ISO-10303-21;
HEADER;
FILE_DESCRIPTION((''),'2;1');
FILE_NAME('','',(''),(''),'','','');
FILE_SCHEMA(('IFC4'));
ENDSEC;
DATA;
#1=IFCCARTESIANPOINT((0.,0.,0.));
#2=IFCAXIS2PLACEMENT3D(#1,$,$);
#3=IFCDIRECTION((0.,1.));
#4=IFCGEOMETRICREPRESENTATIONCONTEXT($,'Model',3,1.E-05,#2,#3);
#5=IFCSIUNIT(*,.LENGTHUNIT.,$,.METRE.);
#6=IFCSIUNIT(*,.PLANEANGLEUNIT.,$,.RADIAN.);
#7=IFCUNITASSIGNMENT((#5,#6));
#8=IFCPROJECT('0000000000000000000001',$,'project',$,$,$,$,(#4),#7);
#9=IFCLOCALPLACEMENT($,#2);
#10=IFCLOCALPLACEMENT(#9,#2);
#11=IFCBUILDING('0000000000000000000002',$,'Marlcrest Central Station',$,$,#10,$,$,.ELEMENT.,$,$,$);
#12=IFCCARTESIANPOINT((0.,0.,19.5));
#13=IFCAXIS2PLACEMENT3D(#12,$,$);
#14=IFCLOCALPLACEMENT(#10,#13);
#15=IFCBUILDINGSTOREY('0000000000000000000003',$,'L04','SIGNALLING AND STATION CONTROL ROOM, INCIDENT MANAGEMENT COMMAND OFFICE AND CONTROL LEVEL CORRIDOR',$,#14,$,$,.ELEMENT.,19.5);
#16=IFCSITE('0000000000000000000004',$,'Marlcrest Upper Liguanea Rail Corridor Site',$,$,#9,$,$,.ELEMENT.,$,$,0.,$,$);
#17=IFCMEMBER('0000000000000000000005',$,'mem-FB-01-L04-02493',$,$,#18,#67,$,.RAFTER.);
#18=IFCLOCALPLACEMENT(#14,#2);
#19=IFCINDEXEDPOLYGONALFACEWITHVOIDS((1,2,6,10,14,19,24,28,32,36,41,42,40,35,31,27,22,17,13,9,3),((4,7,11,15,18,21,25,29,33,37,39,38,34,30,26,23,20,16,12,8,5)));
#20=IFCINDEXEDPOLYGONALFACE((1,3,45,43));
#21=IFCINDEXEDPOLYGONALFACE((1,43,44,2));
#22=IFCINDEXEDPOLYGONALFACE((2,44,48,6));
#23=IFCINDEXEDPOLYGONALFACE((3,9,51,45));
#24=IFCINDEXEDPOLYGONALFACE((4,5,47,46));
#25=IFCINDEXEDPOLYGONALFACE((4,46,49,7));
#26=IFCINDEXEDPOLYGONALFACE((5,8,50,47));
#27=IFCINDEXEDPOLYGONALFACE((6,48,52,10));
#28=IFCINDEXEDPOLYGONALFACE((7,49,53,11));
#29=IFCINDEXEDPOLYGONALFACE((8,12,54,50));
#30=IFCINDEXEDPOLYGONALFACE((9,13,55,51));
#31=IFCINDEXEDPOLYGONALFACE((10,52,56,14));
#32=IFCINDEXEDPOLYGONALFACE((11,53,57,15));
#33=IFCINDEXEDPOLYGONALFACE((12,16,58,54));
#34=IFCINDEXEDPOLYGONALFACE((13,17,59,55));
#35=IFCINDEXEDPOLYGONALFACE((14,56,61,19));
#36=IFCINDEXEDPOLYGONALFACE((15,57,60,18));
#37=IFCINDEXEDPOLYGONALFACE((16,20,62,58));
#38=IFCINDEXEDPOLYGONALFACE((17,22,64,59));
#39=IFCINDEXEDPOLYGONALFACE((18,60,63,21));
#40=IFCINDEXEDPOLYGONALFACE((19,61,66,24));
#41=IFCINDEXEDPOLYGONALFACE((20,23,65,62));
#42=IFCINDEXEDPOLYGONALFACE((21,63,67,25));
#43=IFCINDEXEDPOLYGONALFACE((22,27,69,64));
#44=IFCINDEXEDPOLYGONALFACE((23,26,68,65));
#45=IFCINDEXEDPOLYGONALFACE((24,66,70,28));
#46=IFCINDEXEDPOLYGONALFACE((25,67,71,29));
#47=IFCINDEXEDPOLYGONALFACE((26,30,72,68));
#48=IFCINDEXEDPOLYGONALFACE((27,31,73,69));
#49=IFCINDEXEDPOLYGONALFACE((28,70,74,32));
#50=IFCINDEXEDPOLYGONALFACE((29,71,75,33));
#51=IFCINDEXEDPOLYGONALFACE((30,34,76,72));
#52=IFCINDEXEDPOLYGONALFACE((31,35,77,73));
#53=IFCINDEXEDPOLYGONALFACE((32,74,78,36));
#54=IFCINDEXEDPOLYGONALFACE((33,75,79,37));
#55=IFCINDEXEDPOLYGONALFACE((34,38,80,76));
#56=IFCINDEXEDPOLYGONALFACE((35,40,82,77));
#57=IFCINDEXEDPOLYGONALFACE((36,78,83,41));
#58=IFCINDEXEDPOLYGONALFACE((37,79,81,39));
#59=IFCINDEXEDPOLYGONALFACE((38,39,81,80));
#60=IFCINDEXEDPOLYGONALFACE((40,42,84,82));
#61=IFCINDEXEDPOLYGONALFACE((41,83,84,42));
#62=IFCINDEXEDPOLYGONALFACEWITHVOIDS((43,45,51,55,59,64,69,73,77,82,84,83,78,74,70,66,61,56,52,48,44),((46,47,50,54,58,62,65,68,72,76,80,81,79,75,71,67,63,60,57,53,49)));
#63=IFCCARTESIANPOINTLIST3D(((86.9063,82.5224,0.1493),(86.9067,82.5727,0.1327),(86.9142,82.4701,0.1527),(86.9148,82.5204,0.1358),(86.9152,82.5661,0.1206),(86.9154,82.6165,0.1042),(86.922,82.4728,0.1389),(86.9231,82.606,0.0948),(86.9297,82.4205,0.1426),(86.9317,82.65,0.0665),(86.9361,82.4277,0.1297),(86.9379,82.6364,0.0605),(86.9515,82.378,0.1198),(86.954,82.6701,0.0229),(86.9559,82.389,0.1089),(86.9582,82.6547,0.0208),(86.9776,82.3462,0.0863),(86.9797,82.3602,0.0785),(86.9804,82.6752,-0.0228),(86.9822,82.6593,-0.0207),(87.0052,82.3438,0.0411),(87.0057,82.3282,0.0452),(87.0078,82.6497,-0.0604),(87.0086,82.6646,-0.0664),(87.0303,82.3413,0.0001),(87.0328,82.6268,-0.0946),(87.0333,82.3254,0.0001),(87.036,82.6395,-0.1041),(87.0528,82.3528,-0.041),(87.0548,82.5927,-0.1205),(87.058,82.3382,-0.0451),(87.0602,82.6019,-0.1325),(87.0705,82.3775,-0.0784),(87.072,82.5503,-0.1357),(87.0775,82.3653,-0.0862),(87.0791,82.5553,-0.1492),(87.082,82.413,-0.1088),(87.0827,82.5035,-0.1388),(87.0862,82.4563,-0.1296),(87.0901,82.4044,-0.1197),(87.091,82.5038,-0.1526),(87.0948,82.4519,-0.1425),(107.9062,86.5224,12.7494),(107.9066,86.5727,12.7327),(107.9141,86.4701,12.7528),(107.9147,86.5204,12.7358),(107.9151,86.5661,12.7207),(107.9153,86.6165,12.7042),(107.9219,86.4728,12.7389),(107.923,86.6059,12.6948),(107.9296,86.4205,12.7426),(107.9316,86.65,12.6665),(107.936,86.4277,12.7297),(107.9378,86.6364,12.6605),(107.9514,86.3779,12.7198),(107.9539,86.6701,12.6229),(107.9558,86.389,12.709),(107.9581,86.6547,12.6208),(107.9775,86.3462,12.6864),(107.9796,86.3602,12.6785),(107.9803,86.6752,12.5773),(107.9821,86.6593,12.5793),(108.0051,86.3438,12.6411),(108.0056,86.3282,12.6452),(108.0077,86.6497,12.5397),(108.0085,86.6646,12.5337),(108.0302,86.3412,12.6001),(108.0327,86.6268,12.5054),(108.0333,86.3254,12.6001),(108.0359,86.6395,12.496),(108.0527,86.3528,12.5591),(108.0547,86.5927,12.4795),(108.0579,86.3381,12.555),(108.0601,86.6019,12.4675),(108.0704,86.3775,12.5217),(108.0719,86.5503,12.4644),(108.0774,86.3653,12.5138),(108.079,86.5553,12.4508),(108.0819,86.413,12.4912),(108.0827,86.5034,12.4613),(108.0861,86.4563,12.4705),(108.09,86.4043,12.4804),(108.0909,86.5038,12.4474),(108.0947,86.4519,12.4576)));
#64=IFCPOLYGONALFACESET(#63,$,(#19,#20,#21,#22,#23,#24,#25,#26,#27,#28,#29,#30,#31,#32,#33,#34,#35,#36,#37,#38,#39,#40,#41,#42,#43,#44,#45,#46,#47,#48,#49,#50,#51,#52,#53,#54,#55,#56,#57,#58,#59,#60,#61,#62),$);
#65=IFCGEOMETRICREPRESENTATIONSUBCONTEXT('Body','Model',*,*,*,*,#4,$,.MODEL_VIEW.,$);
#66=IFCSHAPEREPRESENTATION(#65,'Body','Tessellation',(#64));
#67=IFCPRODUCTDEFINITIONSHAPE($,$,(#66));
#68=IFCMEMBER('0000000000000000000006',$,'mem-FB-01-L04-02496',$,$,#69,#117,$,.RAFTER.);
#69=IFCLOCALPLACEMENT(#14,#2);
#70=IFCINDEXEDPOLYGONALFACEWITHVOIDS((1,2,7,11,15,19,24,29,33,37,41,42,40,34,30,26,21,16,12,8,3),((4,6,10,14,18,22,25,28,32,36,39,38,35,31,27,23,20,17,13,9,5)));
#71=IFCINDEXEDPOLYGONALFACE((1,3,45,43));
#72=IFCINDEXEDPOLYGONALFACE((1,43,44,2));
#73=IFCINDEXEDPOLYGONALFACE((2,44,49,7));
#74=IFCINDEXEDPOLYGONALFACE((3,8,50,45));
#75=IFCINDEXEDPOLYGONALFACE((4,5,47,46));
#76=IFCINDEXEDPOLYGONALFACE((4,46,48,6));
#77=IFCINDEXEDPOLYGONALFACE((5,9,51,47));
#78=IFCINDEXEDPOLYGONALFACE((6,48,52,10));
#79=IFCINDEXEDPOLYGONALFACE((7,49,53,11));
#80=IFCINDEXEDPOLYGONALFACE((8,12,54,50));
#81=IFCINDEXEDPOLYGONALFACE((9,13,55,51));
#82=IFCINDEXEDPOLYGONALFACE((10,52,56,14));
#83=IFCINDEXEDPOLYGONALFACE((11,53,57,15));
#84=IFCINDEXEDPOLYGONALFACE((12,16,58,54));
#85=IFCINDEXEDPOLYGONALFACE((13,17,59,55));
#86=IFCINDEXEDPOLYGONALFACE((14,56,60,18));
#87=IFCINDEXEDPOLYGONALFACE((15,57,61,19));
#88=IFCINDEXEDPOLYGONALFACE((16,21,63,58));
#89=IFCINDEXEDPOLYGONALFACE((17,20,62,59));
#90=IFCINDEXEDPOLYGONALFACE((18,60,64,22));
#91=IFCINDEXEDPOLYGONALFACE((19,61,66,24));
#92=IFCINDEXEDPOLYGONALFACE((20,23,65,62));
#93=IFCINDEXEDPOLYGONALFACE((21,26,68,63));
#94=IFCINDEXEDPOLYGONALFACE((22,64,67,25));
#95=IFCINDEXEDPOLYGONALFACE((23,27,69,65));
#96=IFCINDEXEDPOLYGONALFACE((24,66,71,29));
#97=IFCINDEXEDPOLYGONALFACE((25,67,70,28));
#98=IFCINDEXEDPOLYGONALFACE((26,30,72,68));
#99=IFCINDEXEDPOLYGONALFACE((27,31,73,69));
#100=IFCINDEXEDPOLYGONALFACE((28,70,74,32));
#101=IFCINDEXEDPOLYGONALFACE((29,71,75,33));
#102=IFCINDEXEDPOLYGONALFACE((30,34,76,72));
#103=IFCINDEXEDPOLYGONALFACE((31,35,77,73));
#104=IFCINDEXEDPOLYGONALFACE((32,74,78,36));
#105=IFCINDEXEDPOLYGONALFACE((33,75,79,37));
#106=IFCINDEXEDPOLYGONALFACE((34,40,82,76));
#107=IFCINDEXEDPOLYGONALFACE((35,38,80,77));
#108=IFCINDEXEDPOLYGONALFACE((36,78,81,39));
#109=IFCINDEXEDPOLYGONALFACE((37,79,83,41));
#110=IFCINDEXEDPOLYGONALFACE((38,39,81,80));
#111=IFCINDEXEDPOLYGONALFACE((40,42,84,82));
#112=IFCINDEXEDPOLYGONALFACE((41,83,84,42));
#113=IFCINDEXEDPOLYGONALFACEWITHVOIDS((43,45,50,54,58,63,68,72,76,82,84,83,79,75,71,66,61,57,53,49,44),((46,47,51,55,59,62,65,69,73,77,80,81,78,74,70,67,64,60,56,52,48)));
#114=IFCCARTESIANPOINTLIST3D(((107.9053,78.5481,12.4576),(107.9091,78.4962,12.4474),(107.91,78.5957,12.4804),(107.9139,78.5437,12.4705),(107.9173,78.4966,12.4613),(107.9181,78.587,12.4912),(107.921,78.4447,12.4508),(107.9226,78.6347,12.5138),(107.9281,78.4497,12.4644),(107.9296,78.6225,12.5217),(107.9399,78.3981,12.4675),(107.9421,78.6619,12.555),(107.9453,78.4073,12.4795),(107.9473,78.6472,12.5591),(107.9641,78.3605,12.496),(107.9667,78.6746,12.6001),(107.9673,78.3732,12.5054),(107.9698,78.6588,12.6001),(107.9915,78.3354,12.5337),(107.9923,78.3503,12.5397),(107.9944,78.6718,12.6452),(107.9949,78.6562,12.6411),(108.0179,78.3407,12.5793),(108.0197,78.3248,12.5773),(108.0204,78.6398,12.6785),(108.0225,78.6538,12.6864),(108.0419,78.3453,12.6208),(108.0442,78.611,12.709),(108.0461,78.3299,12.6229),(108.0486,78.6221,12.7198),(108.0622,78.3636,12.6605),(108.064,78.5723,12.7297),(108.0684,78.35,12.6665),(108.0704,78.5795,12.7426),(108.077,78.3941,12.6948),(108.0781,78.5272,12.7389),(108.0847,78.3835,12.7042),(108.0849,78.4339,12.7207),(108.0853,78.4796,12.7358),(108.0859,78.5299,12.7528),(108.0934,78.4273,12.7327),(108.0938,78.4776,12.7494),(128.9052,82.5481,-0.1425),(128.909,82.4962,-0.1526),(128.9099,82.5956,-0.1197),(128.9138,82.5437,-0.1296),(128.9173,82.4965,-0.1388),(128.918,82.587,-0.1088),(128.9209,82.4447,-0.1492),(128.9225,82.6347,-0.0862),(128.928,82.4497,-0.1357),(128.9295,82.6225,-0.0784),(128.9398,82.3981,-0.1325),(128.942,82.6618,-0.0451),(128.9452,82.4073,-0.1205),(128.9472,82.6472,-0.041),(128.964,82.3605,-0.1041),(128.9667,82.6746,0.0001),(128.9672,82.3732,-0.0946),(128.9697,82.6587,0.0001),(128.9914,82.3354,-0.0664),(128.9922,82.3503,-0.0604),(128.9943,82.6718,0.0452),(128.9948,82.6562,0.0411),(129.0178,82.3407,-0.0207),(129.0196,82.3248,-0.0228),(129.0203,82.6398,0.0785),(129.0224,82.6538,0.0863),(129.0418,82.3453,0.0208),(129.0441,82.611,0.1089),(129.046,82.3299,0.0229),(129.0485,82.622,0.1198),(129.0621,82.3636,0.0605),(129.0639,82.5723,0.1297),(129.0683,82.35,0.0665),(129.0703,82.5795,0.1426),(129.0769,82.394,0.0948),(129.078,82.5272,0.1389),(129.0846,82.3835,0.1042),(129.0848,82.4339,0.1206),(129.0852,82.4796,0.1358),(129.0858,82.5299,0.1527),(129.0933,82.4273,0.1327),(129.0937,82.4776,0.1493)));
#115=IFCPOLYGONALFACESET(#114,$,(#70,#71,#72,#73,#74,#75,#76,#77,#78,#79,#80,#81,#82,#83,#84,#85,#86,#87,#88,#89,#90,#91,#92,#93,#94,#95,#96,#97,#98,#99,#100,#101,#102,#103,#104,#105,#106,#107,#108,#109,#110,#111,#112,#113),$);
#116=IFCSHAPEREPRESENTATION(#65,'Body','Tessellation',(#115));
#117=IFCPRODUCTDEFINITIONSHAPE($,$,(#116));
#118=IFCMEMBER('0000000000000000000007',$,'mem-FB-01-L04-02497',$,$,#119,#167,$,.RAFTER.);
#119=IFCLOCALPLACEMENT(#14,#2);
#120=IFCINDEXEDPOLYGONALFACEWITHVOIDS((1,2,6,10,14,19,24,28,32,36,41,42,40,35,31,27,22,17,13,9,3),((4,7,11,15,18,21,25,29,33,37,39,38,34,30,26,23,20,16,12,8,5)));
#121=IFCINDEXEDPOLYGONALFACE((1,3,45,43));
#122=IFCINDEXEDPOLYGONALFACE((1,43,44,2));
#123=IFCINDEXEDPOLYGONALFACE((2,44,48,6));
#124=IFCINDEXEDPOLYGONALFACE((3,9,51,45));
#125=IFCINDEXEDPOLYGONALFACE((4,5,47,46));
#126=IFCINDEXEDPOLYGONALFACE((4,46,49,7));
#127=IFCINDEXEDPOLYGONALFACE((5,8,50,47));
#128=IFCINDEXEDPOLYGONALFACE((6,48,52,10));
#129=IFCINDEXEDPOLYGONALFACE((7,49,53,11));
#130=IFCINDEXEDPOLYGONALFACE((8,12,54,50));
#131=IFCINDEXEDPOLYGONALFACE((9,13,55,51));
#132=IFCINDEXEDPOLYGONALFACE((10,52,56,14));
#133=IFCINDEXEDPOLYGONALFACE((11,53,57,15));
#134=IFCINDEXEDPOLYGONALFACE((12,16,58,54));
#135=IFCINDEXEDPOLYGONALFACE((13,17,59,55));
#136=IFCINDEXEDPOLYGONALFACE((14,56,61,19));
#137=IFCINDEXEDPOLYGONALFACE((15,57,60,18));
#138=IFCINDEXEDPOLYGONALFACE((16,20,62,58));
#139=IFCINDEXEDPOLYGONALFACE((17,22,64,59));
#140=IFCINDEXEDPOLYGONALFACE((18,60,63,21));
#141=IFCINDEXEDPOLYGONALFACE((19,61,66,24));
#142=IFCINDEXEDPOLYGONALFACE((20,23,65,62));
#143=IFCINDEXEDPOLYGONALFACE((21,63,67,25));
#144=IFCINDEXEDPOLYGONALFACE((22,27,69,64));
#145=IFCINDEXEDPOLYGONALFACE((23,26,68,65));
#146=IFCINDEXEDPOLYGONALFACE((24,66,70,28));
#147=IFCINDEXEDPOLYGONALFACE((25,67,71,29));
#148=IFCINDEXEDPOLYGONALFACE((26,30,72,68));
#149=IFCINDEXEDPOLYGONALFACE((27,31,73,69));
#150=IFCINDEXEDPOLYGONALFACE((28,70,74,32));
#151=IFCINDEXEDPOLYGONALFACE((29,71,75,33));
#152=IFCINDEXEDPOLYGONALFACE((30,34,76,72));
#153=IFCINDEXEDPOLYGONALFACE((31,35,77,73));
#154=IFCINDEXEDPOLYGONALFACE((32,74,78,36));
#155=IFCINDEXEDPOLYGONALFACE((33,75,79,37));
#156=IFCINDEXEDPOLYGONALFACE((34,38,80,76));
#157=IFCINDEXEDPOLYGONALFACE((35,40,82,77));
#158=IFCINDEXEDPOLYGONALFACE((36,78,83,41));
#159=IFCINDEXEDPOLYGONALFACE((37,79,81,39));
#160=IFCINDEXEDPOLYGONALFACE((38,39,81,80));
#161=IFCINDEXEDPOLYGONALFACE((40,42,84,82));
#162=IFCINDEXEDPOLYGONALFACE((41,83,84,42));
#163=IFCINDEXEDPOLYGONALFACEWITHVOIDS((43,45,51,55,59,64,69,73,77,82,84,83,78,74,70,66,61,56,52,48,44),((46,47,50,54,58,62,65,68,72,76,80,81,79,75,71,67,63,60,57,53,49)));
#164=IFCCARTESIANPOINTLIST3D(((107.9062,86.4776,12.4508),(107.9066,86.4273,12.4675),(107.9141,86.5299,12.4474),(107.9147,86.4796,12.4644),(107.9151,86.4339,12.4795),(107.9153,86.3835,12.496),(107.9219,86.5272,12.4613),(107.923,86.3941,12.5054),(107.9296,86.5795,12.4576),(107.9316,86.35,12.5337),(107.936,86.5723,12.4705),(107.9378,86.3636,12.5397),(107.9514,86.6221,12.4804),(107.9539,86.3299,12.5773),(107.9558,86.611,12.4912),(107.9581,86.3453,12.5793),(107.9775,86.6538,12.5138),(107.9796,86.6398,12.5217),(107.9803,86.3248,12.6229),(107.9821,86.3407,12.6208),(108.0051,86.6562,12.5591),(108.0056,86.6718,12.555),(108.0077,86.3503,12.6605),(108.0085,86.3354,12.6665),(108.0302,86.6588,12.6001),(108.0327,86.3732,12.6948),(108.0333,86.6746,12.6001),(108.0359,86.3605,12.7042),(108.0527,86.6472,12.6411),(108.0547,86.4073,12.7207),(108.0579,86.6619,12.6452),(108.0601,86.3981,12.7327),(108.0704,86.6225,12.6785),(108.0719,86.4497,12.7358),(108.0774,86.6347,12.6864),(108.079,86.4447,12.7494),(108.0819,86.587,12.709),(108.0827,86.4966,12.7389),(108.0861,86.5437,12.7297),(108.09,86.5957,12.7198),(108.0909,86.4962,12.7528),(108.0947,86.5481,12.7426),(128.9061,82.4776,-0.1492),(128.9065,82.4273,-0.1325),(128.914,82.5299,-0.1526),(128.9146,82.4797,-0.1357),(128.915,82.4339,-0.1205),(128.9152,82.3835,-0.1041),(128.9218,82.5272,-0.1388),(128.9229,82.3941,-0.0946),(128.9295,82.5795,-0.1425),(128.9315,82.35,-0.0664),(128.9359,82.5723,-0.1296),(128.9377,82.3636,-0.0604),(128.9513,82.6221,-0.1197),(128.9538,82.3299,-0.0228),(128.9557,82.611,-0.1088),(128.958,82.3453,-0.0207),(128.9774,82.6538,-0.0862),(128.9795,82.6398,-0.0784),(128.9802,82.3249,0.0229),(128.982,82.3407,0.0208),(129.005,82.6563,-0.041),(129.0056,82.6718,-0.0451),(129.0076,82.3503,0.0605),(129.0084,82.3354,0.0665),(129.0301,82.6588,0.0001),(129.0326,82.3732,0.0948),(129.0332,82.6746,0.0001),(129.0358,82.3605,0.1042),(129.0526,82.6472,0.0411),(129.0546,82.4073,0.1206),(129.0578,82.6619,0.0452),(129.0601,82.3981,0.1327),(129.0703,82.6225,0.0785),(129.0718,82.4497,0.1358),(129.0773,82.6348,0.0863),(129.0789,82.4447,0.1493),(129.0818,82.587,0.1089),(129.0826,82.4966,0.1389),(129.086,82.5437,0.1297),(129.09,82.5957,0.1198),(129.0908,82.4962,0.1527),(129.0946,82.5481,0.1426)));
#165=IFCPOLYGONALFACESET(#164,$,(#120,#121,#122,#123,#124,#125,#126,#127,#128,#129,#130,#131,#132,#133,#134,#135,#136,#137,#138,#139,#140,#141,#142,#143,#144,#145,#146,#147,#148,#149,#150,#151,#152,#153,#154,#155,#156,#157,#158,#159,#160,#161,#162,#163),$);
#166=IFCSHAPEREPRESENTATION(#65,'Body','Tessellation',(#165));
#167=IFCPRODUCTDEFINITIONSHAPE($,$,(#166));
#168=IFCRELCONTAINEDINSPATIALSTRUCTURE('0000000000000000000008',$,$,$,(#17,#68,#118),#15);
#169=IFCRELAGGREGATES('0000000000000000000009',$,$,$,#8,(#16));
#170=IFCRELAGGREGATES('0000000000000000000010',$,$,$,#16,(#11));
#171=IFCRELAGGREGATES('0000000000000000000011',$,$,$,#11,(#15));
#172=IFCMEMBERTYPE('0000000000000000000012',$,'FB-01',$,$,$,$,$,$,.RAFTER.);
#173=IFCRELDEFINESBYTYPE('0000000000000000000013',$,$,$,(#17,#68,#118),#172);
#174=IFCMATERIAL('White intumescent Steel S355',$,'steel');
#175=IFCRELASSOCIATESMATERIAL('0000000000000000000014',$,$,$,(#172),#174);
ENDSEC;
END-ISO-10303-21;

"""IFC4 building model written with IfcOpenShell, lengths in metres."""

from ifc_helpers import new_model, si_unit, direction, frame, origin, origin_2d, place, context, subcontext, project, spatial, hollow_circle, extrude, material, material_profile, profile_set, type_object, element, save


model = new_model("IFC4")

# Units and contexts
model_context = context("Model", 3, precision=1e-05, world=origin(), true_north=direction((0.0, 1.0)))
body_context = subcontext(model_context, "Body", "Model", "MODEL_VIEW")
ifc_project = project(units=[si_unit("LENGTHUNIT", "METRE"), si_unit("PLANEANGLEUNIT", "RADIAN")], contexts=[model_context])

# Site, building, storey
site_placement = place(None, origin())
site = spatial("IfcSite", under=ifc_project, at=site_placement, Name="Marlcrest Upper Liguanea Rail Corridor Site", CompositionType="ELEMENT", RefElevation=0.0)
building_placement = place(site_placement, origin())
building = spatial("IfcBuilding", under=site, at=building_placement, Name="Marlcrest Central Station", CompositionType="ELEMENT")
storey_placement = place(building_placement, frame((0.0, 0.0, 19.5)))
storey = spatial("IfcBuildingStorey", under=building, at=storey_placement, Name="L04", Description="SIGNALLING AND STATION CONTROL ROOM, INCIDENT MANAGEMENT COMMAND OFFICE AND CONTROL LEVEL CORRIDOR", CompositionType="ELEMENT", Elevation=19.5)

# Members
ifc_material_1 = material(Name="White intumescent Steel S355", Category="steel")
ifc_material_profile_1 = material_profile(ifc_material_1, hollow_circle(Radius=0.1777, WallThickness=0.0161, at=origin_2d()), Name="CHS 355.6x16")
ifc_profile_set_1 = profile_set([ifc_material_profile_1], Name="White intumescent Steel S355")
member_type_1 = type_object("IfcMemberType", Name="FB-01", PredefinedType="RAFTER", material=ifc_profile_set_1)
for number, where, z_axis, x_axis, name in (
    (1, (108.0, 86.5, 12.6001), (-0.846277, -0.161196, -0.50777), (0.187112, -0.982339, 0.0), "mem-FB-01-L04-02493"),
    (2, (108.0, 78.5, 12.6001), (0.846277, 0.161196, -0.50777), (-0.187112, 0.982339, 0.0), "mem-FB-01-L04-02496"),
    (3, (108.0, 86.5, 12.6001), (0.846277, -0.161196, -0.50777), (0.187112, 0.982339, 0.0), "mem-FB-01-L04-02497"),
):
    element("IfcMember", number, at=place(storey_placement, frame(where, z_axis=z_axis, x_axis=x_axis)), inside=storey, type_object=member_type_1, Name=name, PredefinedType="RAFTER", context=body_context, shape_type="SweptSolid", body=[
        extrude(hollow_circle(Radius=0.1777, WallThickness=0.0161, at=origin_2d()), origin(), (0.0, 0.0, 1.0), 24.8145),
    ])

save(model, "model.ifc")
